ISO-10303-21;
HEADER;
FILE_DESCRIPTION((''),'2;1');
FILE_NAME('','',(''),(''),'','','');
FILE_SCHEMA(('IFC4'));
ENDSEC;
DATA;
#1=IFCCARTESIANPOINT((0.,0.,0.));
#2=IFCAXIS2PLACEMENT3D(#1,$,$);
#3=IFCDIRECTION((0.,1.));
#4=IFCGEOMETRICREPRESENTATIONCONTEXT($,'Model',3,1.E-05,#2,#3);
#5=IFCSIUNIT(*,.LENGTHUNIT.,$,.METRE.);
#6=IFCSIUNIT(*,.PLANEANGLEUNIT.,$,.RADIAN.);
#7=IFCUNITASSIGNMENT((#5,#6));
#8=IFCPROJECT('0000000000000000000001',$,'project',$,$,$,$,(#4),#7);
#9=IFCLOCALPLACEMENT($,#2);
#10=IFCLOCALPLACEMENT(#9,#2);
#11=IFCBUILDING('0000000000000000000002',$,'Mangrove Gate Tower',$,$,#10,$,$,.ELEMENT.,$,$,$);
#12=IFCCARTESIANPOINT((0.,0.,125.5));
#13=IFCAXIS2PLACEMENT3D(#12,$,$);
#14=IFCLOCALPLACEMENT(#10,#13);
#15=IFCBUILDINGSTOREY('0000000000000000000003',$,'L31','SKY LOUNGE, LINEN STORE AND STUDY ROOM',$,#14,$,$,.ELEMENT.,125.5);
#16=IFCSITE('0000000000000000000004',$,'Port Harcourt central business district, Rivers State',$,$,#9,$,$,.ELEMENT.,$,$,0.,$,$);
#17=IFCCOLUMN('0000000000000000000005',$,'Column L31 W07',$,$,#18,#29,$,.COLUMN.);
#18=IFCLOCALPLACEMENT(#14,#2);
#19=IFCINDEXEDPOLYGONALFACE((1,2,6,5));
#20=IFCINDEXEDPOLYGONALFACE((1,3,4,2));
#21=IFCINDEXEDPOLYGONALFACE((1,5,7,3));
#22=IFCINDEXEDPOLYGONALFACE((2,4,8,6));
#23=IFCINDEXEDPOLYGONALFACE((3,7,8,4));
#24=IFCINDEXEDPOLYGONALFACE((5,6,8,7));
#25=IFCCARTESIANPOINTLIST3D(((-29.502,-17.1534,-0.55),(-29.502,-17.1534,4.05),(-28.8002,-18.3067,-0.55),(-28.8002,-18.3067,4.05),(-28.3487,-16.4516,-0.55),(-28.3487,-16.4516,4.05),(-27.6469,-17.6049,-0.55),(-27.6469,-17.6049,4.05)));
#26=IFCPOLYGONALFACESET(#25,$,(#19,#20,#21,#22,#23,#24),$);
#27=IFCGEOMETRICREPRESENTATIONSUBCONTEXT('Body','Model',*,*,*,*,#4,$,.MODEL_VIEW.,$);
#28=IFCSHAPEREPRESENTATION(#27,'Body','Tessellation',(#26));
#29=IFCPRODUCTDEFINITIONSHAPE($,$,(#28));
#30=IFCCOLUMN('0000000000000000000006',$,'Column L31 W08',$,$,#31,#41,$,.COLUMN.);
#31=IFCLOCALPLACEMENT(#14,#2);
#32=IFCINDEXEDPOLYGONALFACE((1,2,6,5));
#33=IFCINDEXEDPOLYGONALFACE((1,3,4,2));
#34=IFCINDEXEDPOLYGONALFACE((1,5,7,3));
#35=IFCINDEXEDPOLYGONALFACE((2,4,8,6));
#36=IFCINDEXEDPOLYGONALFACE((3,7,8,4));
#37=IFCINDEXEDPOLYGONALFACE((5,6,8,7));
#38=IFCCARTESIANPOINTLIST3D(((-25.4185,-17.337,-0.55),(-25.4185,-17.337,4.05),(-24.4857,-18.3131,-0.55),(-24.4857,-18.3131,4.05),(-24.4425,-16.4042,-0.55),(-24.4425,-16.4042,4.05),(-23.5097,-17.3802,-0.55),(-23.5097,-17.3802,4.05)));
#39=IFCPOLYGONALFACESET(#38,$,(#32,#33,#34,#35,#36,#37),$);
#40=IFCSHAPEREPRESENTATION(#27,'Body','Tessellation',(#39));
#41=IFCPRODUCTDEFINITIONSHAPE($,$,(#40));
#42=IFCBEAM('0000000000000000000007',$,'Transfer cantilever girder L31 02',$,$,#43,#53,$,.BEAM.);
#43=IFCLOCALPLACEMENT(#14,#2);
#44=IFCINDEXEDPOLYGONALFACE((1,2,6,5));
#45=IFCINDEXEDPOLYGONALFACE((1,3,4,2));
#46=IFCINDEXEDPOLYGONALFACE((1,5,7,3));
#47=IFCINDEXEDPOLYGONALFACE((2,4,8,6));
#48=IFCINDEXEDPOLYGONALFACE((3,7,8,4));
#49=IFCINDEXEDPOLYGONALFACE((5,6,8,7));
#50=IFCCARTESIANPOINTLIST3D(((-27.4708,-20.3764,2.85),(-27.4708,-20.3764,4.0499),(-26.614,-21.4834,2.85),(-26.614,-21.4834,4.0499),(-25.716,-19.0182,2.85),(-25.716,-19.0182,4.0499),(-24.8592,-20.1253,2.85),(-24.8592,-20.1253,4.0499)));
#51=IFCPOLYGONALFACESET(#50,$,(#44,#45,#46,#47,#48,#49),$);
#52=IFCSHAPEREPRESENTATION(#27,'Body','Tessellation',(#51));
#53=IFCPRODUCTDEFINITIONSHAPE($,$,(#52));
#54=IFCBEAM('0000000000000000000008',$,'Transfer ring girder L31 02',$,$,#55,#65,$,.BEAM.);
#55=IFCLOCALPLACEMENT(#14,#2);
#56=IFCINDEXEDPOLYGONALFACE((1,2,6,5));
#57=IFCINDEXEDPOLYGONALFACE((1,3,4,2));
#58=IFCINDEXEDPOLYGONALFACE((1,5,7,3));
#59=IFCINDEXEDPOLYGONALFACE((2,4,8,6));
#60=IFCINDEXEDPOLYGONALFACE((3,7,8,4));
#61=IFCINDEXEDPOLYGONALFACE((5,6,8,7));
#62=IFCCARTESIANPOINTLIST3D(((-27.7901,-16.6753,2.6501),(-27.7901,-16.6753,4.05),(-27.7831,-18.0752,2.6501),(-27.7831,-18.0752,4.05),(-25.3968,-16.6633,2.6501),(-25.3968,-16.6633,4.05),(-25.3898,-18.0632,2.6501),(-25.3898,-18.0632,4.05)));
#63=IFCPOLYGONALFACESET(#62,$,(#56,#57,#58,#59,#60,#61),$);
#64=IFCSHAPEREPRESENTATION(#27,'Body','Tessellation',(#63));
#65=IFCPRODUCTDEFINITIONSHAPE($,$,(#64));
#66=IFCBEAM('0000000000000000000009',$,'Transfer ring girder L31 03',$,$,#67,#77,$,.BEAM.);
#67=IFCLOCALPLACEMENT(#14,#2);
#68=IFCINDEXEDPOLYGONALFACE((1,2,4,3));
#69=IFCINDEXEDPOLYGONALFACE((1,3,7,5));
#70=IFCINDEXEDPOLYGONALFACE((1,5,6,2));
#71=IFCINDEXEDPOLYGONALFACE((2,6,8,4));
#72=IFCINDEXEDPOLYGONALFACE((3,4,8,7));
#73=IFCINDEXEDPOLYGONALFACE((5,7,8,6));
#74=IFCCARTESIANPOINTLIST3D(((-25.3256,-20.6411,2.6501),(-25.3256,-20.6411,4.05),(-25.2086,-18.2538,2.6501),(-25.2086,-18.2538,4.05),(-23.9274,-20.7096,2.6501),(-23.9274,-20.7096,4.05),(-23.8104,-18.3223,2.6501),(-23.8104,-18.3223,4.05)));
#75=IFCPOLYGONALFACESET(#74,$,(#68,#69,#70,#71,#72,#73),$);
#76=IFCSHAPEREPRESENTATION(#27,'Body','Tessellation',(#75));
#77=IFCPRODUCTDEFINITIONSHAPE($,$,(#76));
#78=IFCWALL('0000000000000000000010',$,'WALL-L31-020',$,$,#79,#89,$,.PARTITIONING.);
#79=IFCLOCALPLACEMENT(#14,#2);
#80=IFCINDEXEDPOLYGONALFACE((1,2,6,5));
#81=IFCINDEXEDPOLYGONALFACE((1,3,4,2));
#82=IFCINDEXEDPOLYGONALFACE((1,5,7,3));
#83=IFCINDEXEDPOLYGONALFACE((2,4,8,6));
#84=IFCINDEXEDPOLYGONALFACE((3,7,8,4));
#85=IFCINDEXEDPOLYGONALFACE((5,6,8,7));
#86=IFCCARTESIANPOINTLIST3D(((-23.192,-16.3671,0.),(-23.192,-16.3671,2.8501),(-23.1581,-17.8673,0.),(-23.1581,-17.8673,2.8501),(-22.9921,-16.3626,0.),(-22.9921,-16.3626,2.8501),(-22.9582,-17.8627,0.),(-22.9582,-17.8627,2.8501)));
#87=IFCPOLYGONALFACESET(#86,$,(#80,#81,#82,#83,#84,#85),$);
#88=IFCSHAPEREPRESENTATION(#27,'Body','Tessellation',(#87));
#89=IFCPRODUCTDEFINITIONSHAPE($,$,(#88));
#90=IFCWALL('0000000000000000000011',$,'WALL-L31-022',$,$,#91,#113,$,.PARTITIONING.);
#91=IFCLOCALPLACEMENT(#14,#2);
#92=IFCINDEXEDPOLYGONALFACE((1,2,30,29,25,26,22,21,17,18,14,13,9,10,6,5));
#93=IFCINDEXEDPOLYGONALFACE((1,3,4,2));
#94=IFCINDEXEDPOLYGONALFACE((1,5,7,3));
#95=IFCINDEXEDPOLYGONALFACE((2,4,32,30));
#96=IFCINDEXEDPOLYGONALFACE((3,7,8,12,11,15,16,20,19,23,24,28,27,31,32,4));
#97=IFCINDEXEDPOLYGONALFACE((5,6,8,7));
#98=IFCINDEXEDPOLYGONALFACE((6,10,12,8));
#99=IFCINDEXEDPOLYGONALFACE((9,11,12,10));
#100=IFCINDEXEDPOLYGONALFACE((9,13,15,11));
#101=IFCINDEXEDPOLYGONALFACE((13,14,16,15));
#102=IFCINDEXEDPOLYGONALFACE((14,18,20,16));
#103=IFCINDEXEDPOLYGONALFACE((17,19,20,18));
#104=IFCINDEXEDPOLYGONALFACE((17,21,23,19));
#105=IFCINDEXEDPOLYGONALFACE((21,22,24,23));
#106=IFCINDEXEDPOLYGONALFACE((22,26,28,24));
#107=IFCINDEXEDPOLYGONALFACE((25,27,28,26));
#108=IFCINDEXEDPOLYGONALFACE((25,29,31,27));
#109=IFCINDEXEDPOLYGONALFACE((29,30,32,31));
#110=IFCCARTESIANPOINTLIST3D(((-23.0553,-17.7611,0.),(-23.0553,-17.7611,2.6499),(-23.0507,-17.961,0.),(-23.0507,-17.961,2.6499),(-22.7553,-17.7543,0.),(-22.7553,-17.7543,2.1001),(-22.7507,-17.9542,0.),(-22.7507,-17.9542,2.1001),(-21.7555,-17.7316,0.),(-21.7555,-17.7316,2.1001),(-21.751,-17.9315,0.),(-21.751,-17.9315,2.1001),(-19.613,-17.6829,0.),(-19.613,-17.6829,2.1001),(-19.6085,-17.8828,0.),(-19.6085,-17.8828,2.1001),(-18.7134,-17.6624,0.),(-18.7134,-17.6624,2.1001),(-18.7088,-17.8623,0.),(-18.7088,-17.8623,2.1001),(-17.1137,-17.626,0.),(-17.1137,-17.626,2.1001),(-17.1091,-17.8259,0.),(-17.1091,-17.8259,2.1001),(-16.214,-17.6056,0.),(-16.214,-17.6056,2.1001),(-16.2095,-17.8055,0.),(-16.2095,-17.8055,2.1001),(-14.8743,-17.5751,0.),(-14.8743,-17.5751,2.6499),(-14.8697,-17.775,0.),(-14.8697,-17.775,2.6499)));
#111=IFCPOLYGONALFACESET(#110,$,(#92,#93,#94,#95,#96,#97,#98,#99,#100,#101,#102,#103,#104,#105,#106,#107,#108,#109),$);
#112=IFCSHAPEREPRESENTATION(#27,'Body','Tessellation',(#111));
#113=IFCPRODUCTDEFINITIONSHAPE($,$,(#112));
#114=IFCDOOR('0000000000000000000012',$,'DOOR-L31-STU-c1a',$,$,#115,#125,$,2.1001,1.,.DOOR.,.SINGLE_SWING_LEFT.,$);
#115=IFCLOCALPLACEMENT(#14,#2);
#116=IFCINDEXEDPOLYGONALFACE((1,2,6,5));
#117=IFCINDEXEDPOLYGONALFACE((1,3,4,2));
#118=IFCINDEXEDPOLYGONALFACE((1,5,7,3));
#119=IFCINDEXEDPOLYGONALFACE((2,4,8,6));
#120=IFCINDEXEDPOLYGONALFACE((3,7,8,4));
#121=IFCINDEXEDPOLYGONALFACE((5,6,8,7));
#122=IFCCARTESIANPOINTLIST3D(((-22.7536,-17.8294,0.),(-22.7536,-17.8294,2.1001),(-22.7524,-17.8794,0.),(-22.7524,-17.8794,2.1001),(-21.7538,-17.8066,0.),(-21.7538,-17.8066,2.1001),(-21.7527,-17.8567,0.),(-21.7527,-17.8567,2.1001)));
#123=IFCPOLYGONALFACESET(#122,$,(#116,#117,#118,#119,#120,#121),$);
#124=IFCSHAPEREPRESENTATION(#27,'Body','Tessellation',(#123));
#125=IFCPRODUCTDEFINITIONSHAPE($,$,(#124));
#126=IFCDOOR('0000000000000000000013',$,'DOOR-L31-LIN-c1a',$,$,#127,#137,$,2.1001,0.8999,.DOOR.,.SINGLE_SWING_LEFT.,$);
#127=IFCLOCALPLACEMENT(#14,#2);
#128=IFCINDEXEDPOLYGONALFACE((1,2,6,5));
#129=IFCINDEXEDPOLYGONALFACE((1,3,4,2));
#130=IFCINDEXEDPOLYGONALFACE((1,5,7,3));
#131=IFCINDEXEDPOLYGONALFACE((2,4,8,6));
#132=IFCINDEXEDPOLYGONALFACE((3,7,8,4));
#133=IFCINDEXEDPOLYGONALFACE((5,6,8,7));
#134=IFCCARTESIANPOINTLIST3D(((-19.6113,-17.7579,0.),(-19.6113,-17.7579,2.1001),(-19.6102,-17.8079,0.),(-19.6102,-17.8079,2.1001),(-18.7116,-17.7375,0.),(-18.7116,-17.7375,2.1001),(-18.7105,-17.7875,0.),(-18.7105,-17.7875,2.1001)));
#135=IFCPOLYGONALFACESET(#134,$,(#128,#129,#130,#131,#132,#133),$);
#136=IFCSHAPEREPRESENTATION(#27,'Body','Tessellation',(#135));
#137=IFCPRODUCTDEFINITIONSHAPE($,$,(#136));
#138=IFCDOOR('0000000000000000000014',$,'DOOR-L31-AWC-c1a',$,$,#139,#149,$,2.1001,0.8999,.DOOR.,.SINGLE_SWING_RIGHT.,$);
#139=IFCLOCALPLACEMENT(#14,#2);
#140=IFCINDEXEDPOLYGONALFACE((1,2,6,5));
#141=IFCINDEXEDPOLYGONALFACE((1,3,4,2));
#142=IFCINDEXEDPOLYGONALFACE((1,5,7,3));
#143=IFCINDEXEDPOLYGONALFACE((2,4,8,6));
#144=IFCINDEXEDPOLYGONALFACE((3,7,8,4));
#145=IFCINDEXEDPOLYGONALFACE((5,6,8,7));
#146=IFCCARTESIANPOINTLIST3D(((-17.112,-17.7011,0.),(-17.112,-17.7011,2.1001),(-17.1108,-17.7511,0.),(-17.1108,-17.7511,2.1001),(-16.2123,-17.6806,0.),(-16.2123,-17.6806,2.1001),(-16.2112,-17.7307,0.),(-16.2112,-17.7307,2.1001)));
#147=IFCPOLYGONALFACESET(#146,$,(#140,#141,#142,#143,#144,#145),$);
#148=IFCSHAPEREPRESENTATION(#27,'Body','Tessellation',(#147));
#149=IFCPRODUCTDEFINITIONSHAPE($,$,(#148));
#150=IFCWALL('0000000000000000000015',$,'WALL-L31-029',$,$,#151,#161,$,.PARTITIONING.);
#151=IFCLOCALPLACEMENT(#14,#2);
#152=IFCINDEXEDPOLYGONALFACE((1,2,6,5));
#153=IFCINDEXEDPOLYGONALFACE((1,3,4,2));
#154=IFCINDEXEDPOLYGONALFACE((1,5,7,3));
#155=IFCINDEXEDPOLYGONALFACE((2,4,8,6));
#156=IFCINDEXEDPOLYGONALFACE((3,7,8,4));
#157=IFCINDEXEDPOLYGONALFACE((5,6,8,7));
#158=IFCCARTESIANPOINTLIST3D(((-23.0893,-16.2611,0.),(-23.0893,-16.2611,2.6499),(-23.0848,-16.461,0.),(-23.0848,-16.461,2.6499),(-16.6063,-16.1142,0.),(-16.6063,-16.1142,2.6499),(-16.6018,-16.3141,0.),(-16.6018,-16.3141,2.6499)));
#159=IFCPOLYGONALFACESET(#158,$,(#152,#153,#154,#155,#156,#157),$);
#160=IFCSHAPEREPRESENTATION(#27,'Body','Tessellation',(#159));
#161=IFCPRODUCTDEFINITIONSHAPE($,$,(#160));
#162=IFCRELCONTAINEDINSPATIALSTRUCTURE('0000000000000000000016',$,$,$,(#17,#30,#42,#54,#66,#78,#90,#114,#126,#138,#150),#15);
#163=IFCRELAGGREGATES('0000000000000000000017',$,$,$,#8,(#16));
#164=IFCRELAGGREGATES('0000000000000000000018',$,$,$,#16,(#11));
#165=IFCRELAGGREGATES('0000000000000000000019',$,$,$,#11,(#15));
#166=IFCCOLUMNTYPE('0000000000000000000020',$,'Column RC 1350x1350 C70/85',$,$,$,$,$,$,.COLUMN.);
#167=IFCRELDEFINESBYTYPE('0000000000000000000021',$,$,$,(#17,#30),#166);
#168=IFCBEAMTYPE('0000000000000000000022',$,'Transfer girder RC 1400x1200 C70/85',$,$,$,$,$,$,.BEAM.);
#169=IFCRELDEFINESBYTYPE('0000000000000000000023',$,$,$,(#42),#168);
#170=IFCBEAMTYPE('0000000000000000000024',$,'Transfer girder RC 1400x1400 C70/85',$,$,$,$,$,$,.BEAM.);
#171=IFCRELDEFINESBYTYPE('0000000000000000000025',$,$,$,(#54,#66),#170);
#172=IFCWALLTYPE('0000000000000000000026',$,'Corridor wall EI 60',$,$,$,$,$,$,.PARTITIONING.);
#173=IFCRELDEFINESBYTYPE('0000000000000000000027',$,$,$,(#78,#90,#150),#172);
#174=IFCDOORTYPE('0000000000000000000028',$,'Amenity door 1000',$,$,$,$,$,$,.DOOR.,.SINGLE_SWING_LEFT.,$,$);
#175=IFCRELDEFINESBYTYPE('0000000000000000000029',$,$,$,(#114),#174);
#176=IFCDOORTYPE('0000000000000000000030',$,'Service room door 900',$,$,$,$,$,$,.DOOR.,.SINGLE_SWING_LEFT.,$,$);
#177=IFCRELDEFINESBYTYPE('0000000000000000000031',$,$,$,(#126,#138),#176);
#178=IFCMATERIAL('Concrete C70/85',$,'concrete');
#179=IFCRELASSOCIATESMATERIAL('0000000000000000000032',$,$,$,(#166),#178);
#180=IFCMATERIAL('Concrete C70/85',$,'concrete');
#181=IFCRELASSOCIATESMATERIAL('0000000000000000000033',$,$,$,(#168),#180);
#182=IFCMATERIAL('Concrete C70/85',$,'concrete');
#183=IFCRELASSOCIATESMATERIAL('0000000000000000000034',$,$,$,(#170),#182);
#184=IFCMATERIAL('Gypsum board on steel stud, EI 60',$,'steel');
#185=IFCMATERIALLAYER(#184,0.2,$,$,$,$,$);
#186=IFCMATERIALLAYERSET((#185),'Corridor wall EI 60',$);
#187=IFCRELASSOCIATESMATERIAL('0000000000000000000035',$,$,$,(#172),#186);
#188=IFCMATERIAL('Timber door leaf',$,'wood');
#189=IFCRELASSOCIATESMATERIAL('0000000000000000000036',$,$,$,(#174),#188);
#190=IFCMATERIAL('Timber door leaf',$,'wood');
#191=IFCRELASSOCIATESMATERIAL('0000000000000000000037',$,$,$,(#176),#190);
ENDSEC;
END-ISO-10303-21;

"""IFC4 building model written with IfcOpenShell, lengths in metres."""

from ifc_helpers import new_model, si_unit, direction, frame, frame_2d, origin, origin_2d, place, context, subcontext, project, spatial, rectangle, extrude, material, layer, layer_set, material_profile, profile_set, type_object, element, fill, save


model = new_model("IFC4")

# Units and contexts
model_context = context("Model", 3, precision=1e-05, world=origin(), true_north=direction((0.0, 1.0)))
body_context = subcontext(model_context, "Body", "Model", "MODEL_VIEW")
ifc_project = project(units=[si_unit("LENGTHUNIT", "METRE"), si_unit("PLANEANGLEUNIT", "RADIAN")], contexts=[model_context])

# Site, building, storey
site_placement = place(None, origin())
site = spatial("IfcSite", under=ifc_project, at=site_placement, Name="Port Harcourt central business district, Rivers State", CompositionType="ELEMENT", RefElevation=0.0)
building_placement = place(site_placement, origin())
building = spatial("IfcBuilding", under=site, at=building_placement, Name="Mangrove Gate Tower", CompositionType="ELEMENT")
storey_placement = place(building_placement, frame((0.0, 0.0, 125.5)))
storey = spatial("IfcBuildingStorey", under=building, at=storey_placement, Name="L31", Description="SKY LOUNGE, LINEN STORE AND STUDY ROOM", CompositionType="ELEMENT", Elevation=125.5)

# Columns
ifc_material_1 = material(Name="Concrete C70/85", Category="concrete")
ifc_material_profile_1 = material_profile(ifc_material_1, rectangle(XDim=1.3501, YDim=1.3501, at=origin_2d()))
ifc_profile_set_1 = profile_set([ifc_material_profile_1], Name="Concrete C70/85")
column_type = type_object("IfcColumnType", Name="Column RC 1350x1350 C70/85", PredefinedType="COLUMN", material=ifc_profile_set_1)
for number, where, z_axis, x_axis, name in (
    (1, (-28.5745, -17.3792, -0.55), (0.0, 0.0, 1.0), (0.519809, -0.854283, 0.0), "Column L31 W07"),
    (2, (-24.4641, -17.3586, -0.55), (0.0, 0.0, 1.0), (0.690932, -0.72292, 0.0), "Column L31 W08"),
):
    element("IfcColumn", number, at=place(storey_placement, frame(where, z_axis=z_axis, x_axis=x_axis)), inside=storey, type_object=column_type, Name=name, PredefinedType="COLUMN", context=body_context, shape_type="SweptSolid", body=[
        extrude(rectangle(XDim=1.3501, YDim=1.3501, at=origin_2d()), origin(), (0.0, 0.0, 1.0), 4.6001),
    ])

# Beams
ifc_material_2 = material(Name="Concrete C70/85", Category="concrete")
ifc_material_profile_2 = material_profile(ifc_material_2, rectangle(XDim=1.3999, YDim=1.2, at=origin_2d()))
ifc_profile_set_2 = profile_set([ifc_material_profile_2], Name="Concrete C70/85")
beam_type_1 = type_object("IfcBeamType", Name="Transfer girder RC 1400x1200 C70/85", PredefinedType="BEAM", material=ifc_profile_set_2)
beam_1_placement = place(storey_placement, frame((-25.2876, -19.5718, 3.45), z_axis=(-0.790825, -0.612042, 0.0), x_axis=(0.612042, -0.790825, 0.0)))
element("IfcBeam", 3, at=beam_1_placement, inside=storey, type_object=beam_type_1, Name="Transfer cantilever girder L31 02", PredefinedType="BEAM", context=body_context, shape_type="SweptSolid", body=[
    extrude(rectangle(XDim=1.3999, YDim=1.2, at=origin_2d()), origin(), (0.0, 0.0, 1.0), 2.219),
])
ifc_material_3 = material(Name="Concrete C70/85", Category="concrete")
ifc_material_profile_3 = material_profile(ifc_material_3, rectangle(XDim=1.3999, YDim=1.3999, at=origin_2d()))
ifc_profile_set_3 = profile_set([ifc_material_profile_3], Name="Concrete C70/85")
beam_type_2 = type_object("IfcBeamType", Name="Transfer girder RC 1400x1400 C70/85", PredefinedType="BEAM", material=ifc_profile_set_3)
beam_2_placement = place(storey_placement, frame((-27.7866, -17.3752, 3.3501), z_axis=(0.999988, 0.004998, 0.0), x_axis=(-0.004998, 0.999988, 0.0)))
element("IfcBeam", 4, at=beam_2_placement, inside=storey, type_object=beam_type_2, Name="Transfer ring girder L31 02", PredefinedType="BEAM", context=body_context, shape_type="SweptSolid", body=[
    extrude(rectangle(XDim=1.3999, YDim=1.3999, at=origin_2d()), origin(), (0.0, 0.0, 1.0), 2.3933),
])
beam_3_placement = place(storey_placement, frame((-24.5095, -18.2881, 3.3501), z_axis=(-0.048929, -0.998802, 0.0), x_axis=(0.998802, -0.048929, 0.0)))
element("IfcBeam", 5, at=beam_3_placement, inside=storey, type_object=beam_type_2, Name="Transfer ring girder L31 03", PredefinedType="BEAM", context=body_context, shape_type="SweptSolid", body=[
    extrude(rectangle(XDim=1.3999, YDim=1.3999, at=origin_2d()), origin(), (0.0, 0.0, 1.0), 2.3901),
])

# Wall
ifc_material_4 = material(Name="Gypsum board on steel stud, EI 60", Category="steel")
ifc_layer_1 = layer(ifc_material_4, 0.2)
ifc_layer_set_1 = layer_set([ifc_layer_1], Name="Corridor wall EI 60")
wall_type_1 = type_object("IfcWallType", Name="Corridor wall EI 60", PredefinedType="PARTITIONING", material=ifc_layer_set_1)
wall_1_placement = place(storey_placement, frame((-23.0581, -17.865, 0.0), z_axis=(0.0, 0.0, 1.0), x_axis=(-0.022618, 0.999744, 0.0)))
element("IfcWall", 6, at=wall_1_placement, inside=storey, type_object=wall_type_1, Name="WALL-L31-020", PredefinedType="PARTITIONING", context=body_context, shape_type="SweptSolid", body=[
    extrude(rectangle(XDim=1.5005, YDim=0.2, at=frame_2d((0.7502, 0.0))), origin(), (0.0, 0.0, 1.0), 2.8501),
])

# Wall, openings, doors
wall_2_placement = place(storey_placement, frame((-23.053, -17.8611, 0.0), z_axis=(0.0, 0.0, 1.0), x_axis=(0.999742, 0.022734, 0.0)))
wall_2 = element("IfcWall", 7, at=wall_2_placement, inside=storey, type_object=wall_type_1, Name="WALL-L31-022", PredefinedType="PARTITIONING", context=body_context, shape_type="SweptSolid", body=[
    extrude(rectangle(XDim=8.1831, YDim=0.2, at=frame_2d((4.0916, 0.0))), origin(), (0.0, 0.0, 1.0), 2.6499),
])
opening_1_placement = place(wall_2_placement, frame((0.3, 0.0, 0.0)))
opening_1 = element("IfcOpeningElement", 8, at=opening_1_placement, cuts=wall_2, PredefinedType="OPENING", context=body_context, shape_type="SweptSolid", body=[
    extrude(rectangle(XDim=1.0, YDim=2.1001, at=frame_2d((0.5, 1.05))), frame((0.0, 0.1099, 0.0), z_axis=(0.0, -1.0, 0.0), x_axis=(1.0, 0.0, 0.0)), (0.0, 0.0, 1.0), 0.22),
])
opening_2_placement = place(wall_2_placement, frame((3.4431, 0.0, 0.0)))
opening_2 = element("IfcOpeningElement", 9, at=opening_2_placement, cuts=wall_2, PredefinedType="OPENING", context=body_context, shape_type="SweptSolid", body=[
    extrude(rectangle(XDim=0.8999, YDim=2.1001, at=frame_2d((0.45, 1.05))), frame((0.0, 0.1099, 0.0), z_axis=(0.0, -1.0, 0.0), x_axis=(1.0, 0.0, 0.0)), (0.0, 0.0, 1.0), 0.22),
])
opening_3_placement = place(wall_2_placement, frame((5.9431, 0.0, 0.0)))
opening_3 = element("IfcOpeningElement", 10, at=opening_3_placement, cuts=wall_2, PredefinedType="OPENING", context=body_context, shape_type="SweptSolid", body=[
    extrude(rectangle(XDim=0.8999, YDim=2.1001, at=frame_2d((0.45, 1.05))), frame((0.0, 0.1099, 0.0), z_axis=(0.0, -1.0, 0.0), x_axis=(1.0, 0.0, 0.0)), (0.0, 0.0, 1.0), 0.22),
])
ifc_material_5 = material(Name="Timber door leaf", Category="wood")
door_type_1 = type_object("IfcDoorType", Name="Amenity door 1000", OperationType="SINGLE_SWING_LEFT", PredefinedType="DOOR", material=ifc_material_5)
door_1_placement = place(opening_1_placement, origin())
door_1 = element("IfcDoor", 11, at=door_1_placement, inside=storey, type_object=door_type_1, Name="DOOR-L31-STU-c1a", OperationType="SINGLE_SWING_LEFT", OverallHeight=2.1001, OverallWidth=1.0, PredefinedType="DOOR", context=body_context, shape_type="SweptSolid", body=[
    extrude(rectangle(XDim=1.0, YDim=2.1001, at=frame_2d((0.5, 1.05))), frame((0.0, 0.0249, 0.0), z_axis=(0.0, -1.0, 0.0), x_axis=(1.0, 0.0, 0.0)), (0.0, 0.0, 1.0), 0.05),
])
fill(opening_1, door_1)
ifc_material_6 = material(Name="Timber door leaf", Category="wood")
door_type_2 = type_object("IfcDoorType", Name="Service room door 900", OperationType="SINGLE_SWING_LEFT", PredefinedType="DOOR", material=ifc_material_6)
door_2_placement = place(opening_2_placement, origin())
door_2 = element("IfcDoor", 12, at=door_2_placement, inside=storey, type_object=door_type_2, Name="DOOR-L31-LIN-c1a", OperationType="SINGLE_SWING_LEFT", OverallHeight=2.1001, OverallWidth=0.8999, PredefinedType="DOOR", context=body_context, shape_type="SweptSolid", body=[
    extrude(rectangle(XDim=0.8999, YDim=2.1001, at=frame_2d((0.45, 1.05))), frame((0.0, 0.0249, 0.0), z_axis=(0.0, -1.0, 0.0), x_axis=(1.0, 0.0, 0.0)), (0.0, 0.0, 1.0), 0.05),
])
fill(opening_2, door_2)
door_3_placement = place(opening_3_placement, origin())
door_3 = element("IfcDoor", 13, at=door_3_placement, inside=storey, type_object=door_type_2, Name="DOOR-L31-AWC-c1a", OperationType="SINGLE_SWING_RIGHT", OverallHeight=2.1001, OverallWidth=0.8999, PredefinedType="DOOR", context=body_context, shape_type="SweptSolid", body=[
    extrude(rectangle(XDim=0.8999, YDim=2.1001, at=frame_2d((0.45, 1.05))), frame((0.0, 0.0249, 0.0), z_axis=(0.0, -1.0, 0.0), x_axis=(1.0, 0.0, 0.0)), (0.0, 0.0, 1.0), 0.05),
])
fill(opening_3, door_3)

# Wall
wall_3_placement = place(storey_placement, frame((-23.0869, -16.3611, 0.0), z_axis=(0.0, 0.0, 1.0), x_axis=(0.999743, 0.022665, 0.0)))
element("IfcWall", 14, at=wall_3_placement, inside=storey, type_object=wall_type_1, Name="WALL-L31-029", PredefinedType="PARTITIONING", context=body_context, shape_type="SweptSolid", body=[
    extrude(rectangle(XDim=6.4846, YDim=0.2, at=frame_2d((3.2422, 0.0))), origin(), (0.0, 0.0, 1.0), 2.6499),
])

save(model, "model.ifc")
